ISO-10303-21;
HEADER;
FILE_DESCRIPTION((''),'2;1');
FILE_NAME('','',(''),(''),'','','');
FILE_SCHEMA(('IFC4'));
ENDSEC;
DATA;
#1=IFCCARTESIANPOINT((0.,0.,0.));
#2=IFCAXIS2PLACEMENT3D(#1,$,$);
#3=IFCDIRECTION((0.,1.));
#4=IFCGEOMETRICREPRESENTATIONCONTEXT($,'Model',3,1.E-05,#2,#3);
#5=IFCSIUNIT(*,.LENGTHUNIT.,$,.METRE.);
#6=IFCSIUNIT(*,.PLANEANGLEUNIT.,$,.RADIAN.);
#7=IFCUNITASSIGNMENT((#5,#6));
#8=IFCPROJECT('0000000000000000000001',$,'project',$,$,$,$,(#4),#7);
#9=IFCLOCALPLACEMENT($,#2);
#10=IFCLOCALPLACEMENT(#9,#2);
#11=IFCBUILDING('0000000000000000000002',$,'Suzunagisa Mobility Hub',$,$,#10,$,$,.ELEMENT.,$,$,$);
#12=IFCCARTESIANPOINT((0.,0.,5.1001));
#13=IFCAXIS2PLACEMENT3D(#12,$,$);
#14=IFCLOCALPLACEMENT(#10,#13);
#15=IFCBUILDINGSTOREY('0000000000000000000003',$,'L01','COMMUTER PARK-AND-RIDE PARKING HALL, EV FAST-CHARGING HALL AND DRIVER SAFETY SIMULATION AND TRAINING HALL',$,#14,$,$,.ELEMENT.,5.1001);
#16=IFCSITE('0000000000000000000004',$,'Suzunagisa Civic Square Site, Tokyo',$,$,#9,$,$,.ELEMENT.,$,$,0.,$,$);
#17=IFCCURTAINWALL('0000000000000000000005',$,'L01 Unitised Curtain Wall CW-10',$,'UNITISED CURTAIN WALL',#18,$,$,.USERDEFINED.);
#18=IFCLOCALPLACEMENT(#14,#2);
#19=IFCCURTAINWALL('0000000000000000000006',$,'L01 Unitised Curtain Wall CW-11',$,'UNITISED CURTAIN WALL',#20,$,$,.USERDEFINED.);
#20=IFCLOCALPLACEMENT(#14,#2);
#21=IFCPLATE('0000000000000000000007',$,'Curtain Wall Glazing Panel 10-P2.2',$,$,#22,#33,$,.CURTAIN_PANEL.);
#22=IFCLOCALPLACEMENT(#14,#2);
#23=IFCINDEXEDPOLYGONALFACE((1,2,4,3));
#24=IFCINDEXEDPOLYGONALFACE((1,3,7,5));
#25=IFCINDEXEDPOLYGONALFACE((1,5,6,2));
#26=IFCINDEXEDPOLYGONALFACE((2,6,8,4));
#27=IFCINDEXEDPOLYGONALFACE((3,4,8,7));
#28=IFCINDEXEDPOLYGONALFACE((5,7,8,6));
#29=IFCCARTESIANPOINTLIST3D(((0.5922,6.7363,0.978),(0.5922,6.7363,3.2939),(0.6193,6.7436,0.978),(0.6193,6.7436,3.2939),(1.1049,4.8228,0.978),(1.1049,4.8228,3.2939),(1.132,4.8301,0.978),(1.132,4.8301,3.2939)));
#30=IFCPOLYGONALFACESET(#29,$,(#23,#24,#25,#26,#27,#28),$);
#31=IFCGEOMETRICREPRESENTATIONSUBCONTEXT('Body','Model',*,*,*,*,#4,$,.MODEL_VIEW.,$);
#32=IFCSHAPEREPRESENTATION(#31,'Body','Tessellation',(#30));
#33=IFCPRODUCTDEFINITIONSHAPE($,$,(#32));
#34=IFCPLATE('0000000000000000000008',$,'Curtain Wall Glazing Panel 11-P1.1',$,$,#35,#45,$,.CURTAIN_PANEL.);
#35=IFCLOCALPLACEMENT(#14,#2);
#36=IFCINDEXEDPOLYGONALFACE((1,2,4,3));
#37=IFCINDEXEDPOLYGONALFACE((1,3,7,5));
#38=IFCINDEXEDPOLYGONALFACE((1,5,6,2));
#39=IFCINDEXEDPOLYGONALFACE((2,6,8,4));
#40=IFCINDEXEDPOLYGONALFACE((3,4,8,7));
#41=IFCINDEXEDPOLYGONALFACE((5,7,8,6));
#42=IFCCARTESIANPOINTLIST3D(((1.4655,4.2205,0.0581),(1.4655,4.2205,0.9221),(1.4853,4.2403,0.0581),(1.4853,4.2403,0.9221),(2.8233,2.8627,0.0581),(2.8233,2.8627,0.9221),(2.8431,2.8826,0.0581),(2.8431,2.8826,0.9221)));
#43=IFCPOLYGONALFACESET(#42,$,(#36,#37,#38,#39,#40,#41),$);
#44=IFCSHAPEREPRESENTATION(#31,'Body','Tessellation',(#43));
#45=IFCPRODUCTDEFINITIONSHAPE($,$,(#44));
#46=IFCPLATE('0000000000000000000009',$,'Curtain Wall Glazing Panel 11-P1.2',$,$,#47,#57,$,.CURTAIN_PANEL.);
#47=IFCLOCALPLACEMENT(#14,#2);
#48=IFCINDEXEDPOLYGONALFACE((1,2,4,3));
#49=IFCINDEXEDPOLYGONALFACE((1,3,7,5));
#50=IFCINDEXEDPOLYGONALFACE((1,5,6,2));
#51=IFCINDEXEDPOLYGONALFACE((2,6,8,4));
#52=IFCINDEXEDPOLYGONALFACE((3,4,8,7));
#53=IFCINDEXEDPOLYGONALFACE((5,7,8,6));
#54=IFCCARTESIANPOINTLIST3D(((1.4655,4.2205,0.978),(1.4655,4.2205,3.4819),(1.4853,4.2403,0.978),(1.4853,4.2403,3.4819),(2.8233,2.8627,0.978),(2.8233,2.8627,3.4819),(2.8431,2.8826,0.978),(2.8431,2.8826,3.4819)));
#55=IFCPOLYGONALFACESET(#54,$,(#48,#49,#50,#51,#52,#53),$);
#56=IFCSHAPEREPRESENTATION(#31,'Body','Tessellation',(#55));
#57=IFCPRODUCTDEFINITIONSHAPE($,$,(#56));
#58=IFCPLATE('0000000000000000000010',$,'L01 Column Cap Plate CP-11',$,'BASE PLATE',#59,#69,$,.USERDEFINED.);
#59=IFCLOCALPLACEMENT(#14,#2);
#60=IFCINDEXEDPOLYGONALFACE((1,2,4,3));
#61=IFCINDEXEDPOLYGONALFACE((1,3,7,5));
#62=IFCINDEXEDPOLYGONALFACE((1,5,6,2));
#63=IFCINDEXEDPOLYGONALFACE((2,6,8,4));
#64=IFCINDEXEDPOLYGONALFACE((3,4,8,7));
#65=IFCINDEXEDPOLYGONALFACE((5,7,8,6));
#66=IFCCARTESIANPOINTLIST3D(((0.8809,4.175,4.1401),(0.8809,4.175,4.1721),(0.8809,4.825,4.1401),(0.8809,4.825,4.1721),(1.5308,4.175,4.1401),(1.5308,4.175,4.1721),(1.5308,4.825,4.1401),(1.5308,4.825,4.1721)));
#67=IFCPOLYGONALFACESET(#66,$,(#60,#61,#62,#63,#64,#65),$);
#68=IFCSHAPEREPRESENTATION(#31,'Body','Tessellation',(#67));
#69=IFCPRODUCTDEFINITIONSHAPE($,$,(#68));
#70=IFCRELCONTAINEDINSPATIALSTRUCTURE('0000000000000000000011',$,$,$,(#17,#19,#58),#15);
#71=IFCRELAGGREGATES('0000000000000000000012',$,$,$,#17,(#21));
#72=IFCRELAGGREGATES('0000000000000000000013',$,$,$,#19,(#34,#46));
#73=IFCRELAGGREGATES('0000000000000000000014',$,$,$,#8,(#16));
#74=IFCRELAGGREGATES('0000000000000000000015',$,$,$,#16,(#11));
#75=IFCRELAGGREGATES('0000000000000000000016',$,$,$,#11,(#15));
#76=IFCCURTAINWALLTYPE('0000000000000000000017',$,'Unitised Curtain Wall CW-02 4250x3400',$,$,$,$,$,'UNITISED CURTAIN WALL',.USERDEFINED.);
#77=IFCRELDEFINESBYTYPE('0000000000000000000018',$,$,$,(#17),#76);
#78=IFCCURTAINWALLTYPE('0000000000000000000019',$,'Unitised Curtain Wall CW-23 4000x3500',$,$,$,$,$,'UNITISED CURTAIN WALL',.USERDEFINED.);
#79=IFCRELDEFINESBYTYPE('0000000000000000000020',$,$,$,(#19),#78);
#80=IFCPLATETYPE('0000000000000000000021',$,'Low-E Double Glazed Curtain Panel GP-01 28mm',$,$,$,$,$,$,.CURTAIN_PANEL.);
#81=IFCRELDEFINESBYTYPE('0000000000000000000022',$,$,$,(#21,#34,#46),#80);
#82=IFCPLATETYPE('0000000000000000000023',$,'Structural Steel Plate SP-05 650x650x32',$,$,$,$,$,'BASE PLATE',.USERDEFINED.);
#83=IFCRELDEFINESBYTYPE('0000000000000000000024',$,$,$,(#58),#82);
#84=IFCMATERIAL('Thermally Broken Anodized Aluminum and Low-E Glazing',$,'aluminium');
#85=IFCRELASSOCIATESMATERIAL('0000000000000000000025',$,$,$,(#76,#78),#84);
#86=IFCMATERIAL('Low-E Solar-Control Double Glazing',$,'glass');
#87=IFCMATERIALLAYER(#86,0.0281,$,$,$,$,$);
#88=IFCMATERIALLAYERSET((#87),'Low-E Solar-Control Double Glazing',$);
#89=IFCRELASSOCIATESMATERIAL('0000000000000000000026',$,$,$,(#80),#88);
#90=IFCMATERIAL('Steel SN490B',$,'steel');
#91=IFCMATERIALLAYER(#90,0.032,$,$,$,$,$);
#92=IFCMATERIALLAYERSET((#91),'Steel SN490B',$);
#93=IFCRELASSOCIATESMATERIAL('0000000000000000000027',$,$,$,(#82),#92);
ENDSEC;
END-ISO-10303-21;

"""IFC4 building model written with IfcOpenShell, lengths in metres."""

from ifc_helpers import new_model, si_unit, direction, frame, origin, origin_2d, place, context, subcontext, project, spatial, rectangle, extrude, material, layer, layer_set, type_object, element, aggregate, save


model = new_model("IFC4")

# Units and contexts
model_context = context("Model", 3, precision=1e-05, world=origin(), true_north=direction((0.0, 1.0)))
body_context = subcontext(model_context, "Body", "Model", "MODEL_VIEW")
ifc_project = project(units=[si_unit("LENGTHUNIT", "METRE"), si_unit("PLANEANGLEUNIT", "RADIAN")], contexts=[model_context])

# Site, building, storey
site_placement = place(None, origin())
site = spatial("IfcSite", under=ifc_project, at=site_placement, Name="Suzunagisa Civic Square Site, Tokyo", CompositionType="ELEMENT", RefElevation=0.0)
building_placement = place(site_placement, origin())
building = spatial("IfcBuilding", under=site, at=building_placement, Name="Suzunagisa Mobility Hub", CompositionType="ELEMENT")
storey_placement = place(building_placement, frame((0.0, 0.0, 5.1001)))
storey = spatial("IfcBuildingStorey", under=building, at=storey_placement, Name="L01", Description="COMMUTER PARK-AND-RIDE PARKING HALL, EV FAST-CHARGING HALL AND DRIVER SAFETY SIMULATION AND TRAINING HALL", CompositionType="ELEMENT", Elevation=5.1001)

# Shared definitions
ifc_material_1 = material(Name="Steel SN490B", Category="steel")

# Curtain walls
ifc_material_2 = material(Name="Thermally Broken Anodized Aluminum and Low-E Glazing", Category="aluminium")
curtain_wall_type_1 = type_object("IfcCurtainWallType", Name="Unitised Curtain Wall CW-02 4250x3400", ElementType="UNITISED CURTAIN WALL", PredefinedType="USERDEFINED", material=ifc_material_2)
curtain_wall_1_placement = place(storey_placement, origin())
curtain_wall_1 = element("IfcCurtainWall", 1, at=curtain_wall_1_placement, inside=storey, type_object=curtain_wall_type_1, Name="L01 Unitised Curtain Wall CW-10", ObjectType="UNITISED CURTAIN WALL", PredefinedType="USERDEFINED")
curtain_wall_type_2 = type_object("IfcCurtainWallType", Name="Unitised Curtain Wall CW-23 4000x3500", ElementType="UNITISED CURTAIN WALL", PredefinedType="USERDEFINED", material=ifc_material_2)
curtain_wall_2_placement = place(storey_placement, origin())
curtain_wall_2 = element("IfcCurtainWall", 2, at=curtain_wall_2_placement, inside=storey, type_object=curtain_wall_type_2, Name="L01 Unitised Curtain Wall CW-11", ObjectType="UNITISED CURTAIN WALL", PredefinedType="USERDEFINED")

# Plates
ifc_material_3 = material(Name="Low-E Solar-Control Double Glazing", Category="glass")
ifc_layer_1 = layer(ifc_material_3, 0.0281)
ifc_layer_set_1 = layer_set([ifc_layer_1], Name="Low-E Solar-Control Double Glazing")
plate_type_1 = type_object("IfcPlateType", Name="Low-E Double Glazed Curtain Panel GP-01 28mm", PredefinedType="CURTAIN_PANEL", material=ifc_layer_set_1)
plate_1_placement = place(storey_placement, frame((0.8621, 5.7832, 0.978), z_axis=(0.0, 0.0, 1.0), x_axis=(0.258814, -0.965927, 0.0)))
plate_1 = element("IfcPlate", 3, at=plate_1_placement, type_object=plate_type_1, Name="Curtain Wall Glazing Panel 10-P2.2", PredefinedType="CURTAIN_PANEL", context=body_context, shape_type="SweptSolid", body=[
    extrude(rectangle(XDim=1.981, YDim=0.0281, at=origin_2d()), origin(), (0.0, 0.0, 1.0), 2.3159),
])
aggregate(curtain_wall_1, [plate_1])
plate_2_placement = place(storey_placement, frame((2.1543, 3.5515, 0.0581), z_axis=(0.0, 0.0, 1.0), x_axis=(0.707107, -0.707107, 0.0)))
plate_2 = element("IfcPlate", 4, at=plate_2_placement, type_object=plate_type_1, Name="Curtain Wall Glazing Panel 11-P1.1", PredefinedType="CURTAIN_PANEL", context=body_context, shape_type="SweptSolid", body=[
    extrude(rectangle(XDim=1.9202, YDim=0.0281, at=origin_2d()), origin(), (0.0, 0.0, 1.0), 0.864),
])
plate_3_placement = place(storey_placement, frame((2.1543, 3.5515, 0.978), z_axis=(0.0, 0.0, 1.0), x_axis=(0.707107, -0.707107, 0.0)))
plate_3 = element("IfcPlate", 5, at=plate_3_placement, type_object=plate_type_1, Name="Curtain Wall Glazing Panel 11-P1.2", PredefinedType="CURTAIN_PANEL", context=body_context, shape_type="SweptSolid", body=[
    extrude(rectangle(XDim=1.9202, YDim=0.0281, at=origin_2d()), origin(), (0.0, 0.0, 1.0), 2.5039),
])
aggregate(curtain_wall_2, [plate_2, plate_3])
ifc_layer_2 = layer(ifc_material_1, 0.032)
ifc_layer_set_2 = layer_set([ifc_layer_2], Name="Steel SN490B")
plate_type_2 = type_object("IfcPlateType", Name="Structural Steel Plate SP-05 650x650x32", ElementType="BASE PLATE", PredefinedType="USERDEFINED", material=ifc_layer_set_2)
plate_4_placement = place(storey_placement, frame((1.2058, 4.5, 4.1401), z_axis=(0.0, 0.0, 1.0), x_axis=(1.0, 0.0, 0.0)))
element("IfcPlate", 6, at=plate_4_placement, inside=storey, type_object=plate_type_2, Name="L01 Column Cap Plate CP-11", ObjectType="BASE PLATE", PredefinedType="USERDEFINED", context=body_context, shape_type="SweptSolid", body=[
    extrude(rectangle(XDim=0.6499, YDim=0.6499, at=origin_2d()), origin(), (0.0, 0.0, 1.0), 0.032),
])

save(model, "model.ifc")
